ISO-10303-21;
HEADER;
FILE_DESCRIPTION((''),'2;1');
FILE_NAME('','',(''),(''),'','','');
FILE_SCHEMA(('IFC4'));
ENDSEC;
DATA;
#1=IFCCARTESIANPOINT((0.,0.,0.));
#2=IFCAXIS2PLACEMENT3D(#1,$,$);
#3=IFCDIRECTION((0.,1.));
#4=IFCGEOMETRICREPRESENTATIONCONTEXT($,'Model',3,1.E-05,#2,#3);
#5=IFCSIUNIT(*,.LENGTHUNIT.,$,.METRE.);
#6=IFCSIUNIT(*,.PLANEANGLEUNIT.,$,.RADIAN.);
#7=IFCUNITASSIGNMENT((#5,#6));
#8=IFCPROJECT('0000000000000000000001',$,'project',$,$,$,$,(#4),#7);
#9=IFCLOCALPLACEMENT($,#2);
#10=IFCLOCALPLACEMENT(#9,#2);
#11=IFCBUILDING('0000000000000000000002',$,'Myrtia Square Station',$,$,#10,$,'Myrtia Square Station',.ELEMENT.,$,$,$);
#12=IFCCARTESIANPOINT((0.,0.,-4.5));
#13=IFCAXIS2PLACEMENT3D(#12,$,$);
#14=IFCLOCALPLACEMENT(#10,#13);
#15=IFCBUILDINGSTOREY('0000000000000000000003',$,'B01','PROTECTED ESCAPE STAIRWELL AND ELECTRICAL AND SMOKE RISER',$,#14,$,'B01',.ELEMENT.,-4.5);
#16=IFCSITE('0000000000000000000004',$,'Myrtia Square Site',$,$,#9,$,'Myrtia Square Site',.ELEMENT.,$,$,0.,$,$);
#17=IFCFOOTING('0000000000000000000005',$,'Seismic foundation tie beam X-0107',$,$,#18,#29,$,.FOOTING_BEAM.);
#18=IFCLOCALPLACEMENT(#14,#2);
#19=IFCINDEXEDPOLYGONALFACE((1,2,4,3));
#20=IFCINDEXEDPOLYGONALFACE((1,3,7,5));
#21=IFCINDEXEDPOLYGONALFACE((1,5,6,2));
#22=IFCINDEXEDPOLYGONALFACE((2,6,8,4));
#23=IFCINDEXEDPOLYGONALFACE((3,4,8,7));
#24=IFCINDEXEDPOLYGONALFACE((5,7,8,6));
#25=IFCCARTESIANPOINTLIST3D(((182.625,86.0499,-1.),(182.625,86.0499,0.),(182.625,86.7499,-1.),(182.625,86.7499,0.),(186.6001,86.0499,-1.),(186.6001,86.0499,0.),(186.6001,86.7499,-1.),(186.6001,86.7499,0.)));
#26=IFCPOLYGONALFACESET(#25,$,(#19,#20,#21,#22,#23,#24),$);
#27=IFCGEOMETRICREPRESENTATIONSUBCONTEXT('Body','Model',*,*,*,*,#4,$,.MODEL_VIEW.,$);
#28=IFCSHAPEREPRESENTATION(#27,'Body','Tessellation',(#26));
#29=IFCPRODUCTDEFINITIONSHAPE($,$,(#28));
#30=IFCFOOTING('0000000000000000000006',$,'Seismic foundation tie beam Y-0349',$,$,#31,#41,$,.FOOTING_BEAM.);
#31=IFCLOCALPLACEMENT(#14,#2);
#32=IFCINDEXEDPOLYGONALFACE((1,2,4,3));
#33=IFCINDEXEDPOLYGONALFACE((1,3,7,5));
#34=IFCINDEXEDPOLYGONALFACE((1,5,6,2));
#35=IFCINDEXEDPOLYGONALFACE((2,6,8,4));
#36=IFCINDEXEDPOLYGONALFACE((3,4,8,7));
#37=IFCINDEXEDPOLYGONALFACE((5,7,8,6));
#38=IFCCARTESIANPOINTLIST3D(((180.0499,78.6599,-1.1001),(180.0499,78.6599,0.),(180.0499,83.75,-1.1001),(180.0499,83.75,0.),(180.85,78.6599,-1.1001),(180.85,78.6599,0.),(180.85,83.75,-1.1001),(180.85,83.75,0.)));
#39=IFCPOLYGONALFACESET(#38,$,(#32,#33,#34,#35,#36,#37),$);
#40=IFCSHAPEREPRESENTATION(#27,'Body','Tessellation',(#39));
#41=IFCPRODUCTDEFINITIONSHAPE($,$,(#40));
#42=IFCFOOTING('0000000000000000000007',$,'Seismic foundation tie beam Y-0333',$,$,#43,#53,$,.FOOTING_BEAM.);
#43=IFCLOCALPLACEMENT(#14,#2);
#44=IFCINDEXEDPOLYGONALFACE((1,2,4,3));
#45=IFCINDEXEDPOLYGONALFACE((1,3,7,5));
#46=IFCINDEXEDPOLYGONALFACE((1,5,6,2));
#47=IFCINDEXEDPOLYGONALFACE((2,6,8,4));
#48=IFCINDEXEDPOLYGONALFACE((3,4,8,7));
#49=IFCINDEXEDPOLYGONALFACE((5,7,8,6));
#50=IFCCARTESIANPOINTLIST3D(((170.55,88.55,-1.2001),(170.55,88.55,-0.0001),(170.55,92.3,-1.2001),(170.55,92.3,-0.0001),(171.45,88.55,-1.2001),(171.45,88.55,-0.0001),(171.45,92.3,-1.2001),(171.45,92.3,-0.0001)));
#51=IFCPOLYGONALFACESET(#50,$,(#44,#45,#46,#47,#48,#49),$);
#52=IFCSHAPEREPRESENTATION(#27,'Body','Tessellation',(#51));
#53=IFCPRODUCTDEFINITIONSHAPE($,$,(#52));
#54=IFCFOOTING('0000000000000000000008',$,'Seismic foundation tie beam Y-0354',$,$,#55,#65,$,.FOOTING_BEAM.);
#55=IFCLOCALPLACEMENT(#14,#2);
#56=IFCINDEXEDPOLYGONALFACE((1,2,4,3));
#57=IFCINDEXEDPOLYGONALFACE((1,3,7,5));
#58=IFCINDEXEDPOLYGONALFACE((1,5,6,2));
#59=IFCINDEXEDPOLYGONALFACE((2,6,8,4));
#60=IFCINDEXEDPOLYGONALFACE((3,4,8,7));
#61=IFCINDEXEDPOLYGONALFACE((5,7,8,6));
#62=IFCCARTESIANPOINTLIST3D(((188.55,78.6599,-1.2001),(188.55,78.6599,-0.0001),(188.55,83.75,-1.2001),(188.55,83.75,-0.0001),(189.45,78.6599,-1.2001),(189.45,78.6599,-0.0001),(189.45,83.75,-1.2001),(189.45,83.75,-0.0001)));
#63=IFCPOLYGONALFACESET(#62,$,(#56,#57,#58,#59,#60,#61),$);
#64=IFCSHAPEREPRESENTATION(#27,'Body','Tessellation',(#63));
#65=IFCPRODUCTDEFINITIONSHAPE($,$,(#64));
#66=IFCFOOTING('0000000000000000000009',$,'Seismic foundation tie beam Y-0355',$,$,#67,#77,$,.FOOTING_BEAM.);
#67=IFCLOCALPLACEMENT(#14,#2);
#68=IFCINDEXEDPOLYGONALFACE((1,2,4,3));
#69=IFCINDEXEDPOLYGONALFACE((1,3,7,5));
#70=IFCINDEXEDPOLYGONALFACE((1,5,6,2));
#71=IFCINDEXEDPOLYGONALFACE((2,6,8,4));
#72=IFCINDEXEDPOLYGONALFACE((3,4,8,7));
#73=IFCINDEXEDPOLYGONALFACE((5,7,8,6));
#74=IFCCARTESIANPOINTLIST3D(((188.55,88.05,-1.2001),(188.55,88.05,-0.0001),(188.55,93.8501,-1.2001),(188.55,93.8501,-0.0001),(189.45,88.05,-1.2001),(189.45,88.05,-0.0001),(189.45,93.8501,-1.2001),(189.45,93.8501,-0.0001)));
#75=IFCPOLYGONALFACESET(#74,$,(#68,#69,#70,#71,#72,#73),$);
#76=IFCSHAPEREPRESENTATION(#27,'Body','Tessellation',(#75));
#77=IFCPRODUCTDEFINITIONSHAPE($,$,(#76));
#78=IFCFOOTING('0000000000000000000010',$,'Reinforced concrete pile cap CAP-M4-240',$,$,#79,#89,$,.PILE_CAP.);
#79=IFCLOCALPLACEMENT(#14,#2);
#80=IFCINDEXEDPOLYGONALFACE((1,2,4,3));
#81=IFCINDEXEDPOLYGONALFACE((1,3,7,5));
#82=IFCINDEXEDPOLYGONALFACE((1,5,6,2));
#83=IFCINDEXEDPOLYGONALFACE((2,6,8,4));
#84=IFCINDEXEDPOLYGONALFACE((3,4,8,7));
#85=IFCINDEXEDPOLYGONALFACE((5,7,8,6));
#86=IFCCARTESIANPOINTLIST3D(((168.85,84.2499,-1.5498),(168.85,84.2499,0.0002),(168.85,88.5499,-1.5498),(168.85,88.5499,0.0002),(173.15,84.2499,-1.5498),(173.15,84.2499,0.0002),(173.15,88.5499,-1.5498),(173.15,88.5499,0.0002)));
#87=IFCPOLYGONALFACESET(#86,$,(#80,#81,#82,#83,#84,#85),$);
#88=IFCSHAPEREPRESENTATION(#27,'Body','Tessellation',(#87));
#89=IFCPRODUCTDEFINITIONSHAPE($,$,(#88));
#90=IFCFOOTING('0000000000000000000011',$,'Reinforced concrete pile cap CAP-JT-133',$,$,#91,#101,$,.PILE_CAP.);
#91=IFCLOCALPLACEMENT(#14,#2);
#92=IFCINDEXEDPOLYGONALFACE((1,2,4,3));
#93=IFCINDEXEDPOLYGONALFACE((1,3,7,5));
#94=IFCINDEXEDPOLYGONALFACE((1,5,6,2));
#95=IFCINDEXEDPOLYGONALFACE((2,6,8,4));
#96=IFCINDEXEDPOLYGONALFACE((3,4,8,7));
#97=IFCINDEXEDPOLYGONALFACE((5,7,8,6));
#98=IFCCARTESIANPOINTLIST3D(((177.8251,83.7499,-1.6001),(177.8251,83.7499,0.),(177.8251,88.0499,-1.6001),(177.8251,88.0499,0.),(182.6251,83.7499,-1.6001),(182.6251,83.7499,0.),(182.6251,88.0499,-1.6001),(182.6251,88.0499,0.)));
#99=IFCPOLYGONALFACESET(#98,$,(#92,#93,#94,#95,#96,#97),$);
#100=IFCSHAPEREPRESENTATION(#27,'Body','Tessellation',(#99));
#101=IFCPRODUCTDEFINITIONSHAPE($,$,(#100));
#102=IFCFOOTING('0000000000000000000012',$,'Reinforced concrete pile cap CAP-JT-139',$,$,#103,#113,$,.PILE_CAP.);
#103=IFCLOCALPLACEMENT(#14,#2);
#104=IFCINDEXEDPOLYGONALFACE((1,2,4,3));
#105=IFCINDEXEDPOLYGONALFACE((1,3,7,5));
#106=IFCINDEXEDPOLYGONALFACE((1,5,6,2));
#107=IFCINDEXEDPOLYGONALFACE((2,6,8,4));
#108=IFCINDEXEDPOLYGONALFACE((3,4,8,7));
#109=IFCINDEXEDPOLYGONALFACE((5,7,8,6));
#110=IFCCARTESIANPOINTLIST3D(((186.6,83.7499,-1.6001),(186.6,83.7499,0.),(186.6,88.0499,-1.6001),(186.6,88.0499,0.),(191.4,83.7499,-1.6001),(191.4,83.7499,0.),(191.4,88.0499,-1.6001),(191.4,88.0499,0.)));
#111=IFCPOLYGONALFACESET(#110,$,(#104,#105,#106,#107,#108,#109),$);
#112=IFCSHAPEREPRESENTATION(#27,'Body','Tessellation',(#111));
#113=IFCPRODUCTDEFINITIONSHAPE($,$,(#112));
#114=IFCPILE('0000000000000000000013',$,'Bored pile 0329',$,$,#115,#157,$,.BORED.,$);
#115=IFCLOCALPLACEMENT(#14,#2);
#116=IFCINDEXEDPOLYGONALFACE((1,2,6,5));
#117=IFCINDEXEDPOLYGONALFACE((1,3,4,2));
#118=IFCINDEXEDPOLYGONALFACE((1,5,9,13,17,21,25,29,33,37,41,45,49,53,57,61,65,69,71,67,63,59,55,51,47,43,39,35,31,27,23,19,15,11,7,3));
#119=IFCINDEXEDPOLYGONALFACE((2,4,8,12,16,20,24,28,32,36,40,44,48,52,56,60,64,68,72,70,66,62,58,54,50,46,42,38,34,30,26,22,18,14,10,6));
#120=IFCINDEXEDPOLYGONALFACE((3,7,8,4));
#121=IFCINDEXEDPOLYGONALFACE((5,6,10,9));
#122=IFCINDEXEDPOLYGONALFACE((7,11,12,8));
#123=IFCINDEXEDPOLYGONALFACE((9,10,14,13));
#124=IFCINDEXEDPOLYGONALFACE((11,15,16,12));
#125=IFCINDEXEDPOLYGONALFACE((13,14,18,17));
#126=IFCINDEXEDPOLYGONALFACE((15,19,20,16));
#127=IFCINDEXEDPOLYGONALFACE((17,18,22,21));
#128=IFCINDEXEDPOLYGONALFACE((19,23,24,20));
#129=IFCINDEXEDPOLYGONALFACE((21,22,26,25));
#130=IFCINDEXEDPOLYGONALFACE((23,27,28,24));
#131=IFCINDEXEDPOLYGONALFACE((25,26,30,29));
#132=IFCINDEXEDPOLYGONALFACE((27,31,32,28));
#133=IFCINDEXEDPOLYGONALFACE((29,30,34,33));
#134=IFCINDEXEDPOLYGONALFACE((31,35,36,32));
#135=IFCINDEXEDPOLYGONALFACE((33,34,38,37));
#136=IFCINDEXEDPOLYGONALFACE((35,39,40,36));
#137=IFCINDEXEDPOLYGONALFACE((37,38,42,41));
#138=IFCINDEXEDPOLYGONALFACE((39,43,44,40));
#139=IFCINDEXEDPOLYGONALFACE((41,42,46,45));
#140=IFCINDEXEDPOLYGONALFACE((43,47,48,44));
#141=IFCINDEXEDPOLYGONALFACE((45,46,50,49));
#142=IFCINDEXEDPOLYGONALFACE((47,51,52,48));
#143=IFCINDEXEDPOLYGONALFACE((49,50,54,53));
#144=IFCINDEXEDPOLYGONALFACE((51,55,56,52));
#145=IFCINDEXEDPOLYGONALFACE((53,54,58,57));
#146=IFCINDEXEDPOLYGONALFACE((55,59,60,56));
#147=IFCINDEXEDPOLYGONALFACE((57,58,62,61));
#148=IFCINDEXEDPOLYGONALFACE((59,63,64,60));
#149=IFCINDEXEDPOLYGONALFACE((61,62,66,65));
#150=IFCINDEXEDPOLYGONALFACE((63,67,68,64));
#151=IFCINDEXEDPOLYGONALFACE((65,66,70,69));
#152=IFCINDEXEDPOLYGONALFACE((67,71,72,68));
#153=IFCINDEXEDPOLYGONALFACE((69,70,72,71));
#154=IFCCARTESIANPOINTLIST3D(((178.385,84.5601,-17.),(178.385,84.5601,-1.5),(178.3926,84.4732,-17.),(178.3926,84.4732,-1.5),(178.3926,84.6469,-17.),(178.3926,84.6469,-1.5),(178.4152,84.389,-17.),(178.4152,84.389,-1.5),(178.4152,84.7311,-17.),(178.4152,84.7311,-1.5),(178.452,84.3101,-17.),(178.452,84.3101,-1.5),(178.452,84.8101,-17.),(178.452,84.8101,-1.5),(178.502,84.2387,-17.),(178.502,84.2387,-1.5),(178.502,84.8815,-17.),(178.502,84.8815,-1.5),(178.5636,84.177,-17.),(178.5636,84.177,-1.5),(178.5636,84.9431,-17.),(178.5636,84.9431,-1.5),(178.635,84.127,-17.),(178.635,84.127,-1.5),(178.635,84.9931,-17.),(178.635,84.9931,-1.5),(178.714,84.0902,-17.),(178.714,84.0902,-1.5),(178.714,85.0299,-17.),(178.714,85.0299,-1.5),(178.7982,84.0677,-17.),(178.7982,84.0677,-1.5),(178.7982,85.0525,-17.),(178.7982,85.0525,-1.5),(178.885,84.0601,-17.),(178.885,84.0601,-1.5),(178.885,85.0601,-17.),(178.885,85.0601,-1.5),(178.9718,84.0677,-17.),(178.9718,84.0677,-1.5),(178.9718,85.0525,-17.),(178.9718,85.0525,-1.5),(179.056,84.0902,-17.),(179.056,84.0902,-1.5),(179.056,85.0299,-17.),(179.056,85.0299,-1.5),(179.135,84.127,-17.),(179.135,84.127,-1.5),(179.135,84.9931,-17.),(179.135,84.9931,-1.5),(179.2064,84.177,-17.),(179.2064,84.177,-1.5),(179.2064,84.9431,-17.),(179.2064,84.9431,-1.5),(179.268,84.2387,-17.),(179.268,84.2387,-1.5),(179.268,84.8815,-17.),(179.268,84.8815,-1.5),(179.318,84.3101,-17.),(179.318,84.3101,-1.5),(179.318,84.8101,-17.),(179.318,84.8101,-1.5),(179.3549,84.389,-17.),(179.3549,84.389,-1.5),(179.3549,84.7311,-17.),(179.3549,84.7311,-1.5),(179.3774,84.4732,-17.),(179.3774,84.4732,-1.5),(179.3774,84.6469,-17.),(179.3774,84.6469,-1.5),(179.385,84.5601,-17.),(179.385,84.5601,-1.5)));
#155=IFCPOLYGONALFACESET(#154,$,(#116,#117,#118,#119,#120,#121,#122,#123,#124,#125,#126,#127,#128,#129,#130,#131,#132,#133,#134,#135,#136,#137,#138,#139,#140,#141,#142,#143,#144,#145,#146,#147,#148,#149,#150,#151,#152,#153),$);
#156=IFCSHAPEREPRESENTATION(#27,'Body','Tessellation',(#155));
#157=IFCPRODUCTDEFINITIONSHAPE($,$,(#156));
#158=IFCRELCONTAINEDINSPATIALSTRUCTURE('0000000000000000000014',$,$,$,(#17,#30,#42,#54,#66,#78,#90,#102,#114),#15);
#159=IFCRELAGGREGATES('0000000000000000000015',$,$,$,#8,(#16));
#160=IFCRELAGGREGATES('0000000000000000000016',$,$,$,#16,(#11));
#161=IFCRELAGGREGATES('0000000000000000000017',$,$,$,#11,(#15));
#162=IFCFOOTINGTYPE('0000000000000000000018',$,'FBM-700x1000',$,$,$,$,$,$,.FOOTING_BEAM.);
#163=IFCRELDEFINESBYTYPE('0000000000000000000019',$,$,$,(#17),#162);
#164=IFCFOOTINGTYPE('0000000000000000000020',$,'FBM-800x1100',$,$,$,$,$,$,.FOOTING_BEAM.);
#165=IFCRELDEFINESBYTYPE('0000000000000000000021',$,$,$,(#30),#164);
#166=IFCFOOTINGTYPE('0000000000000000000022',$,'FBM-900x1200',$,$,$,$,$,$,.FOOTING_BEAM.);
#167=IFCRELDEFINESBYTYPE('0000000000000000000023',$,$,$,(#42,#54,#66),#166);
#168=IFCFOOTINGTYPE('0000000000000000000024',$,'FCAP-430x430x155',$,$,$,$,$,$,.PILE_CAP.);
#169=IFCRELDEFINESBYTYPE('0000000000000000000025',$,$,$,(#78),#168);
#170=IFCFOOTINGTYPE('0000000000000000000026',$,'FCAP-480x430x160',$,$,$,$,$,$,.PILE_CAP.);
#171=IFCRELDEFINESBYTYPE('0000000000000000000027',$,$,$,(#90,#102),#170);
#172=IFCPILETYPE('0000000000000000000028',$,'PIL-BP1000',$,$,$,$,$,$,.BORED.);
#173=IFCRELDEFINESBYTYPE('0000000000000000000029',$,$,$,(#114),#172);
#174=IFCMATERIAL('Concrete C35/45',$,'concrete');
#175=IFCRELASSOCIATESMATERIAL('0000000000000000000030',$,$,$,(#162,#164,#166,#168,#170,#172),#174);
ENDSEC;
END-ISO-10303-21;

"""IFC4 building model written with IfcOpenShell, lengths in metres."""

from ifc_helpers import new_model, si_unit, direction, frame, origin, origin_2d, place, context, subcontext, project, spatial, rectangle, circle, extrude, material, material_profile, profile_set, type_object, element, save


model = new_model("IFC4")

# Units and contexts
model_context = context("Model", 3, precision=1e-05, world=origin(), true_north=direction((0.0, 1.0)))
body_context = subcontext(model_context, "Body", "Model", "MODEL_VIEW")
ifc_project = project(units=[si_unit("LENGTHUNIT", "METRE"), si_unit("PLANEANGLEUNIT", "RADIAN")], contexts=[model_context])

# Site, building, storey
site_placement = place(None, origin())
site = spatial("IfcSite", under=ifc_project, at=site_placement, Name="Myrtia Square Site", LongName="Myrtia Square Site", CompositionType="ELEMENT", RefElevation=0.0)
building_placement = place(site_placement, origin())
building = spatial("IfcBuilding", under=site, at=building_placement, Name="Myrtia Square Station", LongName="Myrtia Square Station", CompositionType="ELEMENT")
storey_placement = place(building_placement, frame((0.0, 0.0, -4.5)))
storey = spatial("IfcBuildingStorey", under=building, at=storey_placement, Name="B01", Description="PROTECTED ESCAPE STAIRWELL AND ELECTRICAL AND SMOKE RISER", LongName="B01", CompositionType="ELEMENT", Elevation=-4.5)

# Footings
ifc_material_1 = material(Name="Concrete C35/45", Category="concrete")
ifc_material_profile_1 = material_profile(ifc_material_1, rectangle(XDim=0.7, YDim=1.0, at=origin_2d()), Name="FB 700x1000")
ifc_profile_set_1 = profile_set([ifc_material_profile_1], Name="Concrete C35/45")
footing_type_1 = type_object("IfcFootingType", Name="FBM-700x1000", PredefinedType="FOOTING_BEAM", material=ifc_profile_set_1)
footing_1_placement = place(storey_placement, frame((182.625, 86.3999, -0.5), z_axis=(1.0, 0.0, 0.0), x_axis=(0.0, 1.0, 0.0)))
element("IfcFooting", 1, at=footing_1_placement, inside=storey, type_object=footing_type_1, Name="Seismic foundation tie beam X-0107", PredefinedType="FOOTING_BEAM", context=body_context, shape_type="SweptSolid", body=[
    extrude(rectangle(XDim=0.7, YDim=1.0, at=origin_2d()), origin(), (0.0, 0.0, 1.0), 3.9751),
])
ifc_material_profile_2 = material_profile(ifc_material_1, rectangle(XDim=0.8, YDim=1.1001, at=origin_2d()), Name="FB 800x1100")
ifc_profile_set_2 = profile_set([ifc_material_profile_2], Name="Concrete C35/45")
footing_type_2 = type_object("IfcFootingType", Name="FBM-800x1100", PredefinedType="FOOTING_BEAM", material=ifc_profile_set_2)
footing_2_placement = place(storey_placement, frame((180.45, 78.6599, -0.55), z_axis=(0.0, 1.0, 0.0), x_axis=(-1.0, 0.0, 0.0)))
element("IfcFooting", 2, at=footing_2_placement, inside=storey, type_object=footing_type_2, Name="Seismic foundation tie beam Y-0349", PredefinedType="FOOTING_BEAM", context=body_context, shape_type="SweptSolid", body=[
    extrude(rectangle(XDim=0.8, YDim=1.1001, at=origin_2d()), origin(), (0.0, 0.0, 1.0), 5.0901),
])
ifc_material_profile_3 = material_profile(ifc_material_1, rectangle(XDim=0.8999, YDim=1.2, at=origin_2d()), Name="FB 900x1200")
ifc_profile_set_3 = profile_set([ifc_material_profile_3], Name="Concrete C35/45")
footing_type_3 = type_object("IfcFootingType", Name="FBM-900x1200", PredefinedType="FOOTING_BEAM", material=ifc_profile_set_3)
footing_3_placement = place(storey_placement, frame((171.0, 88.55, -0.6001), z_axis=(0.0, 1.0, 0.0), x_axis=(-1.0, 0.0, 0.0)))
element("IfcFooting", 3, at=footing_3_placement, inside=storey, type_object=footing_type_3, Name="Seismic foundation tie beam Y-0333", PredefinedType="FOOTING_BEAM", context=body_context, shape_type="SweptSolid", body=[
    extrude(rectangle(XDim=0.8999, YDim=1.2, at=origin_2d()), origin(), (0.0, 0.0, 1.0), 3.75),
])
footing_4_placement = place(storey_placement, frame((189.0, 78.6599, -0.6001), z_axis=(0.0, 1.0, 0.0), x_axis=(-1.0, 0.0, 0.0)))
element("IfcFooting", 4, at=footing_4_placement, inside=storey, type_object=footing_type_3, Name="Seismic foundation tie beam Y-0354", PredefinedType="FOOTING_BEAM", context=body_context, shape_type="SweptSolid", body=[
    extrude(rectangle(XDim=0.8999, YDim=1.2, at=origin_2d()), origin(), (0.0, 0.0, 1.0), 5.0901),
])
footing_5_placement = place(storey_placement, frame((189.0, 88.05, -0.6001), z_axis=(0.0, 1.0, 0.0), x_axis=(-1.0, 0.0, 0.0)))
element("IfcFooting", 5, at=footing_5_placement, inside=storey, type_object=footing_type_3, Name="Seismic foundation tie beam Y-0355", PredefinedType="FOOTING_BEAM", context=body_context, shape_type="SweptSolid", body=[
    extrude(rectangle(XDim=0.8999, YDim=1.2, at=origin_2d()), origin(), (0.0, 0.0, 1.0), 5.8),
])
footing_type_4 = type_object("IfcFootingType", Name="FCAP-430x430x155", PredefinedType="PILE_CAP", material=ifc_material_1)
footing_6_placement = place(storey_placement, frame((171.0, 86.3999, -1.5498), z_axis=(0.0, 0.0, 1.0), x_axis=(1.0, 0.0, 0.0)))
element("IfcFooting", 6, at=footing_6_placement, inside=storey, type_object=footing_type_4, Name="Reinforced concrete pile cap CAP-M4-240", PredefinedType="PILE_CAP", context=body_context, shape_type="SweptSolid", body=[
    extrude(rectangle(XDim=4.3, YDim=4.3, at=origin_2d()), origin(), (0.0, 0.0, 1.0), 1.55),
])
footing_type_5 = type_object("IfcFootingType", Name="FCAP-480x430x160", PredefinedType="PILE_CAP", material=ifc_material_1)
for number, where, z_axis, x_axis, name in (
    (7, (180.2251, 85.8999, -1.6001), (0.0, 0.0, 1.0), (1.0, 0.0, 0.0), "Reinforced concrete pile cap CAP-JT-133"),
    (8, (189.0, 85.8999, -1.6001), (0.0, 0.0, 1.0), (1.0, 0.0, 0.0), "Reinforced concrete pile cap CAP-JT-139"),
):
    element("IfcFooting", number, at=place(storey_placement, frame(where, z_axis=z_axis, x_axis=x_axis)), inside=storey, type_object=footing_type_5, Name=name, PredefinedType="PILE_CAP", context=body_context, shape_type="SweptSolid", body=[
        extrude(rectangle(XDim=4.8, YDim=4.3, at=origin_2d()), origin(), (0.0, 0.0, 1.0), 1.6001),
    ])

# Pile
ifc_material_profile_4 = material_profile(ifc_material_1, circle(Radius=0.5, at=origin_2d()), Name="BP D1000")
ifc_profile_set_4 = profile_set([ifc_material_profile_4], Name="Concrete C35/45")
pile_type = type_object("IfcPileType", Name="PIL-BP1000", PredefinedType="BORED", material=ifc_profile_set_4)
for number, where, z_axis, x_axis, name in (
    (9, (178.885, 84.5601, -1.5), (0.0, 0.0, -1.0), (1.0, 0.0, 0.0), "Bored pile 0329"),
):
    element("IfcPile", number, at=place(storey_placement, frame(where, z_axis=z_axis, x_axis=x_axis)), inside=storey, type_object=pile_type, Name=name, PredefinedType="BORED", context=body_context, shape_type="SweptSolid", body=[
        extrude(circle(Radius=0.5, at=origin_2d()), origin(), (0.0, 0.0, 1.0), 15.5),
    ])

save(model, "model.ifc")
